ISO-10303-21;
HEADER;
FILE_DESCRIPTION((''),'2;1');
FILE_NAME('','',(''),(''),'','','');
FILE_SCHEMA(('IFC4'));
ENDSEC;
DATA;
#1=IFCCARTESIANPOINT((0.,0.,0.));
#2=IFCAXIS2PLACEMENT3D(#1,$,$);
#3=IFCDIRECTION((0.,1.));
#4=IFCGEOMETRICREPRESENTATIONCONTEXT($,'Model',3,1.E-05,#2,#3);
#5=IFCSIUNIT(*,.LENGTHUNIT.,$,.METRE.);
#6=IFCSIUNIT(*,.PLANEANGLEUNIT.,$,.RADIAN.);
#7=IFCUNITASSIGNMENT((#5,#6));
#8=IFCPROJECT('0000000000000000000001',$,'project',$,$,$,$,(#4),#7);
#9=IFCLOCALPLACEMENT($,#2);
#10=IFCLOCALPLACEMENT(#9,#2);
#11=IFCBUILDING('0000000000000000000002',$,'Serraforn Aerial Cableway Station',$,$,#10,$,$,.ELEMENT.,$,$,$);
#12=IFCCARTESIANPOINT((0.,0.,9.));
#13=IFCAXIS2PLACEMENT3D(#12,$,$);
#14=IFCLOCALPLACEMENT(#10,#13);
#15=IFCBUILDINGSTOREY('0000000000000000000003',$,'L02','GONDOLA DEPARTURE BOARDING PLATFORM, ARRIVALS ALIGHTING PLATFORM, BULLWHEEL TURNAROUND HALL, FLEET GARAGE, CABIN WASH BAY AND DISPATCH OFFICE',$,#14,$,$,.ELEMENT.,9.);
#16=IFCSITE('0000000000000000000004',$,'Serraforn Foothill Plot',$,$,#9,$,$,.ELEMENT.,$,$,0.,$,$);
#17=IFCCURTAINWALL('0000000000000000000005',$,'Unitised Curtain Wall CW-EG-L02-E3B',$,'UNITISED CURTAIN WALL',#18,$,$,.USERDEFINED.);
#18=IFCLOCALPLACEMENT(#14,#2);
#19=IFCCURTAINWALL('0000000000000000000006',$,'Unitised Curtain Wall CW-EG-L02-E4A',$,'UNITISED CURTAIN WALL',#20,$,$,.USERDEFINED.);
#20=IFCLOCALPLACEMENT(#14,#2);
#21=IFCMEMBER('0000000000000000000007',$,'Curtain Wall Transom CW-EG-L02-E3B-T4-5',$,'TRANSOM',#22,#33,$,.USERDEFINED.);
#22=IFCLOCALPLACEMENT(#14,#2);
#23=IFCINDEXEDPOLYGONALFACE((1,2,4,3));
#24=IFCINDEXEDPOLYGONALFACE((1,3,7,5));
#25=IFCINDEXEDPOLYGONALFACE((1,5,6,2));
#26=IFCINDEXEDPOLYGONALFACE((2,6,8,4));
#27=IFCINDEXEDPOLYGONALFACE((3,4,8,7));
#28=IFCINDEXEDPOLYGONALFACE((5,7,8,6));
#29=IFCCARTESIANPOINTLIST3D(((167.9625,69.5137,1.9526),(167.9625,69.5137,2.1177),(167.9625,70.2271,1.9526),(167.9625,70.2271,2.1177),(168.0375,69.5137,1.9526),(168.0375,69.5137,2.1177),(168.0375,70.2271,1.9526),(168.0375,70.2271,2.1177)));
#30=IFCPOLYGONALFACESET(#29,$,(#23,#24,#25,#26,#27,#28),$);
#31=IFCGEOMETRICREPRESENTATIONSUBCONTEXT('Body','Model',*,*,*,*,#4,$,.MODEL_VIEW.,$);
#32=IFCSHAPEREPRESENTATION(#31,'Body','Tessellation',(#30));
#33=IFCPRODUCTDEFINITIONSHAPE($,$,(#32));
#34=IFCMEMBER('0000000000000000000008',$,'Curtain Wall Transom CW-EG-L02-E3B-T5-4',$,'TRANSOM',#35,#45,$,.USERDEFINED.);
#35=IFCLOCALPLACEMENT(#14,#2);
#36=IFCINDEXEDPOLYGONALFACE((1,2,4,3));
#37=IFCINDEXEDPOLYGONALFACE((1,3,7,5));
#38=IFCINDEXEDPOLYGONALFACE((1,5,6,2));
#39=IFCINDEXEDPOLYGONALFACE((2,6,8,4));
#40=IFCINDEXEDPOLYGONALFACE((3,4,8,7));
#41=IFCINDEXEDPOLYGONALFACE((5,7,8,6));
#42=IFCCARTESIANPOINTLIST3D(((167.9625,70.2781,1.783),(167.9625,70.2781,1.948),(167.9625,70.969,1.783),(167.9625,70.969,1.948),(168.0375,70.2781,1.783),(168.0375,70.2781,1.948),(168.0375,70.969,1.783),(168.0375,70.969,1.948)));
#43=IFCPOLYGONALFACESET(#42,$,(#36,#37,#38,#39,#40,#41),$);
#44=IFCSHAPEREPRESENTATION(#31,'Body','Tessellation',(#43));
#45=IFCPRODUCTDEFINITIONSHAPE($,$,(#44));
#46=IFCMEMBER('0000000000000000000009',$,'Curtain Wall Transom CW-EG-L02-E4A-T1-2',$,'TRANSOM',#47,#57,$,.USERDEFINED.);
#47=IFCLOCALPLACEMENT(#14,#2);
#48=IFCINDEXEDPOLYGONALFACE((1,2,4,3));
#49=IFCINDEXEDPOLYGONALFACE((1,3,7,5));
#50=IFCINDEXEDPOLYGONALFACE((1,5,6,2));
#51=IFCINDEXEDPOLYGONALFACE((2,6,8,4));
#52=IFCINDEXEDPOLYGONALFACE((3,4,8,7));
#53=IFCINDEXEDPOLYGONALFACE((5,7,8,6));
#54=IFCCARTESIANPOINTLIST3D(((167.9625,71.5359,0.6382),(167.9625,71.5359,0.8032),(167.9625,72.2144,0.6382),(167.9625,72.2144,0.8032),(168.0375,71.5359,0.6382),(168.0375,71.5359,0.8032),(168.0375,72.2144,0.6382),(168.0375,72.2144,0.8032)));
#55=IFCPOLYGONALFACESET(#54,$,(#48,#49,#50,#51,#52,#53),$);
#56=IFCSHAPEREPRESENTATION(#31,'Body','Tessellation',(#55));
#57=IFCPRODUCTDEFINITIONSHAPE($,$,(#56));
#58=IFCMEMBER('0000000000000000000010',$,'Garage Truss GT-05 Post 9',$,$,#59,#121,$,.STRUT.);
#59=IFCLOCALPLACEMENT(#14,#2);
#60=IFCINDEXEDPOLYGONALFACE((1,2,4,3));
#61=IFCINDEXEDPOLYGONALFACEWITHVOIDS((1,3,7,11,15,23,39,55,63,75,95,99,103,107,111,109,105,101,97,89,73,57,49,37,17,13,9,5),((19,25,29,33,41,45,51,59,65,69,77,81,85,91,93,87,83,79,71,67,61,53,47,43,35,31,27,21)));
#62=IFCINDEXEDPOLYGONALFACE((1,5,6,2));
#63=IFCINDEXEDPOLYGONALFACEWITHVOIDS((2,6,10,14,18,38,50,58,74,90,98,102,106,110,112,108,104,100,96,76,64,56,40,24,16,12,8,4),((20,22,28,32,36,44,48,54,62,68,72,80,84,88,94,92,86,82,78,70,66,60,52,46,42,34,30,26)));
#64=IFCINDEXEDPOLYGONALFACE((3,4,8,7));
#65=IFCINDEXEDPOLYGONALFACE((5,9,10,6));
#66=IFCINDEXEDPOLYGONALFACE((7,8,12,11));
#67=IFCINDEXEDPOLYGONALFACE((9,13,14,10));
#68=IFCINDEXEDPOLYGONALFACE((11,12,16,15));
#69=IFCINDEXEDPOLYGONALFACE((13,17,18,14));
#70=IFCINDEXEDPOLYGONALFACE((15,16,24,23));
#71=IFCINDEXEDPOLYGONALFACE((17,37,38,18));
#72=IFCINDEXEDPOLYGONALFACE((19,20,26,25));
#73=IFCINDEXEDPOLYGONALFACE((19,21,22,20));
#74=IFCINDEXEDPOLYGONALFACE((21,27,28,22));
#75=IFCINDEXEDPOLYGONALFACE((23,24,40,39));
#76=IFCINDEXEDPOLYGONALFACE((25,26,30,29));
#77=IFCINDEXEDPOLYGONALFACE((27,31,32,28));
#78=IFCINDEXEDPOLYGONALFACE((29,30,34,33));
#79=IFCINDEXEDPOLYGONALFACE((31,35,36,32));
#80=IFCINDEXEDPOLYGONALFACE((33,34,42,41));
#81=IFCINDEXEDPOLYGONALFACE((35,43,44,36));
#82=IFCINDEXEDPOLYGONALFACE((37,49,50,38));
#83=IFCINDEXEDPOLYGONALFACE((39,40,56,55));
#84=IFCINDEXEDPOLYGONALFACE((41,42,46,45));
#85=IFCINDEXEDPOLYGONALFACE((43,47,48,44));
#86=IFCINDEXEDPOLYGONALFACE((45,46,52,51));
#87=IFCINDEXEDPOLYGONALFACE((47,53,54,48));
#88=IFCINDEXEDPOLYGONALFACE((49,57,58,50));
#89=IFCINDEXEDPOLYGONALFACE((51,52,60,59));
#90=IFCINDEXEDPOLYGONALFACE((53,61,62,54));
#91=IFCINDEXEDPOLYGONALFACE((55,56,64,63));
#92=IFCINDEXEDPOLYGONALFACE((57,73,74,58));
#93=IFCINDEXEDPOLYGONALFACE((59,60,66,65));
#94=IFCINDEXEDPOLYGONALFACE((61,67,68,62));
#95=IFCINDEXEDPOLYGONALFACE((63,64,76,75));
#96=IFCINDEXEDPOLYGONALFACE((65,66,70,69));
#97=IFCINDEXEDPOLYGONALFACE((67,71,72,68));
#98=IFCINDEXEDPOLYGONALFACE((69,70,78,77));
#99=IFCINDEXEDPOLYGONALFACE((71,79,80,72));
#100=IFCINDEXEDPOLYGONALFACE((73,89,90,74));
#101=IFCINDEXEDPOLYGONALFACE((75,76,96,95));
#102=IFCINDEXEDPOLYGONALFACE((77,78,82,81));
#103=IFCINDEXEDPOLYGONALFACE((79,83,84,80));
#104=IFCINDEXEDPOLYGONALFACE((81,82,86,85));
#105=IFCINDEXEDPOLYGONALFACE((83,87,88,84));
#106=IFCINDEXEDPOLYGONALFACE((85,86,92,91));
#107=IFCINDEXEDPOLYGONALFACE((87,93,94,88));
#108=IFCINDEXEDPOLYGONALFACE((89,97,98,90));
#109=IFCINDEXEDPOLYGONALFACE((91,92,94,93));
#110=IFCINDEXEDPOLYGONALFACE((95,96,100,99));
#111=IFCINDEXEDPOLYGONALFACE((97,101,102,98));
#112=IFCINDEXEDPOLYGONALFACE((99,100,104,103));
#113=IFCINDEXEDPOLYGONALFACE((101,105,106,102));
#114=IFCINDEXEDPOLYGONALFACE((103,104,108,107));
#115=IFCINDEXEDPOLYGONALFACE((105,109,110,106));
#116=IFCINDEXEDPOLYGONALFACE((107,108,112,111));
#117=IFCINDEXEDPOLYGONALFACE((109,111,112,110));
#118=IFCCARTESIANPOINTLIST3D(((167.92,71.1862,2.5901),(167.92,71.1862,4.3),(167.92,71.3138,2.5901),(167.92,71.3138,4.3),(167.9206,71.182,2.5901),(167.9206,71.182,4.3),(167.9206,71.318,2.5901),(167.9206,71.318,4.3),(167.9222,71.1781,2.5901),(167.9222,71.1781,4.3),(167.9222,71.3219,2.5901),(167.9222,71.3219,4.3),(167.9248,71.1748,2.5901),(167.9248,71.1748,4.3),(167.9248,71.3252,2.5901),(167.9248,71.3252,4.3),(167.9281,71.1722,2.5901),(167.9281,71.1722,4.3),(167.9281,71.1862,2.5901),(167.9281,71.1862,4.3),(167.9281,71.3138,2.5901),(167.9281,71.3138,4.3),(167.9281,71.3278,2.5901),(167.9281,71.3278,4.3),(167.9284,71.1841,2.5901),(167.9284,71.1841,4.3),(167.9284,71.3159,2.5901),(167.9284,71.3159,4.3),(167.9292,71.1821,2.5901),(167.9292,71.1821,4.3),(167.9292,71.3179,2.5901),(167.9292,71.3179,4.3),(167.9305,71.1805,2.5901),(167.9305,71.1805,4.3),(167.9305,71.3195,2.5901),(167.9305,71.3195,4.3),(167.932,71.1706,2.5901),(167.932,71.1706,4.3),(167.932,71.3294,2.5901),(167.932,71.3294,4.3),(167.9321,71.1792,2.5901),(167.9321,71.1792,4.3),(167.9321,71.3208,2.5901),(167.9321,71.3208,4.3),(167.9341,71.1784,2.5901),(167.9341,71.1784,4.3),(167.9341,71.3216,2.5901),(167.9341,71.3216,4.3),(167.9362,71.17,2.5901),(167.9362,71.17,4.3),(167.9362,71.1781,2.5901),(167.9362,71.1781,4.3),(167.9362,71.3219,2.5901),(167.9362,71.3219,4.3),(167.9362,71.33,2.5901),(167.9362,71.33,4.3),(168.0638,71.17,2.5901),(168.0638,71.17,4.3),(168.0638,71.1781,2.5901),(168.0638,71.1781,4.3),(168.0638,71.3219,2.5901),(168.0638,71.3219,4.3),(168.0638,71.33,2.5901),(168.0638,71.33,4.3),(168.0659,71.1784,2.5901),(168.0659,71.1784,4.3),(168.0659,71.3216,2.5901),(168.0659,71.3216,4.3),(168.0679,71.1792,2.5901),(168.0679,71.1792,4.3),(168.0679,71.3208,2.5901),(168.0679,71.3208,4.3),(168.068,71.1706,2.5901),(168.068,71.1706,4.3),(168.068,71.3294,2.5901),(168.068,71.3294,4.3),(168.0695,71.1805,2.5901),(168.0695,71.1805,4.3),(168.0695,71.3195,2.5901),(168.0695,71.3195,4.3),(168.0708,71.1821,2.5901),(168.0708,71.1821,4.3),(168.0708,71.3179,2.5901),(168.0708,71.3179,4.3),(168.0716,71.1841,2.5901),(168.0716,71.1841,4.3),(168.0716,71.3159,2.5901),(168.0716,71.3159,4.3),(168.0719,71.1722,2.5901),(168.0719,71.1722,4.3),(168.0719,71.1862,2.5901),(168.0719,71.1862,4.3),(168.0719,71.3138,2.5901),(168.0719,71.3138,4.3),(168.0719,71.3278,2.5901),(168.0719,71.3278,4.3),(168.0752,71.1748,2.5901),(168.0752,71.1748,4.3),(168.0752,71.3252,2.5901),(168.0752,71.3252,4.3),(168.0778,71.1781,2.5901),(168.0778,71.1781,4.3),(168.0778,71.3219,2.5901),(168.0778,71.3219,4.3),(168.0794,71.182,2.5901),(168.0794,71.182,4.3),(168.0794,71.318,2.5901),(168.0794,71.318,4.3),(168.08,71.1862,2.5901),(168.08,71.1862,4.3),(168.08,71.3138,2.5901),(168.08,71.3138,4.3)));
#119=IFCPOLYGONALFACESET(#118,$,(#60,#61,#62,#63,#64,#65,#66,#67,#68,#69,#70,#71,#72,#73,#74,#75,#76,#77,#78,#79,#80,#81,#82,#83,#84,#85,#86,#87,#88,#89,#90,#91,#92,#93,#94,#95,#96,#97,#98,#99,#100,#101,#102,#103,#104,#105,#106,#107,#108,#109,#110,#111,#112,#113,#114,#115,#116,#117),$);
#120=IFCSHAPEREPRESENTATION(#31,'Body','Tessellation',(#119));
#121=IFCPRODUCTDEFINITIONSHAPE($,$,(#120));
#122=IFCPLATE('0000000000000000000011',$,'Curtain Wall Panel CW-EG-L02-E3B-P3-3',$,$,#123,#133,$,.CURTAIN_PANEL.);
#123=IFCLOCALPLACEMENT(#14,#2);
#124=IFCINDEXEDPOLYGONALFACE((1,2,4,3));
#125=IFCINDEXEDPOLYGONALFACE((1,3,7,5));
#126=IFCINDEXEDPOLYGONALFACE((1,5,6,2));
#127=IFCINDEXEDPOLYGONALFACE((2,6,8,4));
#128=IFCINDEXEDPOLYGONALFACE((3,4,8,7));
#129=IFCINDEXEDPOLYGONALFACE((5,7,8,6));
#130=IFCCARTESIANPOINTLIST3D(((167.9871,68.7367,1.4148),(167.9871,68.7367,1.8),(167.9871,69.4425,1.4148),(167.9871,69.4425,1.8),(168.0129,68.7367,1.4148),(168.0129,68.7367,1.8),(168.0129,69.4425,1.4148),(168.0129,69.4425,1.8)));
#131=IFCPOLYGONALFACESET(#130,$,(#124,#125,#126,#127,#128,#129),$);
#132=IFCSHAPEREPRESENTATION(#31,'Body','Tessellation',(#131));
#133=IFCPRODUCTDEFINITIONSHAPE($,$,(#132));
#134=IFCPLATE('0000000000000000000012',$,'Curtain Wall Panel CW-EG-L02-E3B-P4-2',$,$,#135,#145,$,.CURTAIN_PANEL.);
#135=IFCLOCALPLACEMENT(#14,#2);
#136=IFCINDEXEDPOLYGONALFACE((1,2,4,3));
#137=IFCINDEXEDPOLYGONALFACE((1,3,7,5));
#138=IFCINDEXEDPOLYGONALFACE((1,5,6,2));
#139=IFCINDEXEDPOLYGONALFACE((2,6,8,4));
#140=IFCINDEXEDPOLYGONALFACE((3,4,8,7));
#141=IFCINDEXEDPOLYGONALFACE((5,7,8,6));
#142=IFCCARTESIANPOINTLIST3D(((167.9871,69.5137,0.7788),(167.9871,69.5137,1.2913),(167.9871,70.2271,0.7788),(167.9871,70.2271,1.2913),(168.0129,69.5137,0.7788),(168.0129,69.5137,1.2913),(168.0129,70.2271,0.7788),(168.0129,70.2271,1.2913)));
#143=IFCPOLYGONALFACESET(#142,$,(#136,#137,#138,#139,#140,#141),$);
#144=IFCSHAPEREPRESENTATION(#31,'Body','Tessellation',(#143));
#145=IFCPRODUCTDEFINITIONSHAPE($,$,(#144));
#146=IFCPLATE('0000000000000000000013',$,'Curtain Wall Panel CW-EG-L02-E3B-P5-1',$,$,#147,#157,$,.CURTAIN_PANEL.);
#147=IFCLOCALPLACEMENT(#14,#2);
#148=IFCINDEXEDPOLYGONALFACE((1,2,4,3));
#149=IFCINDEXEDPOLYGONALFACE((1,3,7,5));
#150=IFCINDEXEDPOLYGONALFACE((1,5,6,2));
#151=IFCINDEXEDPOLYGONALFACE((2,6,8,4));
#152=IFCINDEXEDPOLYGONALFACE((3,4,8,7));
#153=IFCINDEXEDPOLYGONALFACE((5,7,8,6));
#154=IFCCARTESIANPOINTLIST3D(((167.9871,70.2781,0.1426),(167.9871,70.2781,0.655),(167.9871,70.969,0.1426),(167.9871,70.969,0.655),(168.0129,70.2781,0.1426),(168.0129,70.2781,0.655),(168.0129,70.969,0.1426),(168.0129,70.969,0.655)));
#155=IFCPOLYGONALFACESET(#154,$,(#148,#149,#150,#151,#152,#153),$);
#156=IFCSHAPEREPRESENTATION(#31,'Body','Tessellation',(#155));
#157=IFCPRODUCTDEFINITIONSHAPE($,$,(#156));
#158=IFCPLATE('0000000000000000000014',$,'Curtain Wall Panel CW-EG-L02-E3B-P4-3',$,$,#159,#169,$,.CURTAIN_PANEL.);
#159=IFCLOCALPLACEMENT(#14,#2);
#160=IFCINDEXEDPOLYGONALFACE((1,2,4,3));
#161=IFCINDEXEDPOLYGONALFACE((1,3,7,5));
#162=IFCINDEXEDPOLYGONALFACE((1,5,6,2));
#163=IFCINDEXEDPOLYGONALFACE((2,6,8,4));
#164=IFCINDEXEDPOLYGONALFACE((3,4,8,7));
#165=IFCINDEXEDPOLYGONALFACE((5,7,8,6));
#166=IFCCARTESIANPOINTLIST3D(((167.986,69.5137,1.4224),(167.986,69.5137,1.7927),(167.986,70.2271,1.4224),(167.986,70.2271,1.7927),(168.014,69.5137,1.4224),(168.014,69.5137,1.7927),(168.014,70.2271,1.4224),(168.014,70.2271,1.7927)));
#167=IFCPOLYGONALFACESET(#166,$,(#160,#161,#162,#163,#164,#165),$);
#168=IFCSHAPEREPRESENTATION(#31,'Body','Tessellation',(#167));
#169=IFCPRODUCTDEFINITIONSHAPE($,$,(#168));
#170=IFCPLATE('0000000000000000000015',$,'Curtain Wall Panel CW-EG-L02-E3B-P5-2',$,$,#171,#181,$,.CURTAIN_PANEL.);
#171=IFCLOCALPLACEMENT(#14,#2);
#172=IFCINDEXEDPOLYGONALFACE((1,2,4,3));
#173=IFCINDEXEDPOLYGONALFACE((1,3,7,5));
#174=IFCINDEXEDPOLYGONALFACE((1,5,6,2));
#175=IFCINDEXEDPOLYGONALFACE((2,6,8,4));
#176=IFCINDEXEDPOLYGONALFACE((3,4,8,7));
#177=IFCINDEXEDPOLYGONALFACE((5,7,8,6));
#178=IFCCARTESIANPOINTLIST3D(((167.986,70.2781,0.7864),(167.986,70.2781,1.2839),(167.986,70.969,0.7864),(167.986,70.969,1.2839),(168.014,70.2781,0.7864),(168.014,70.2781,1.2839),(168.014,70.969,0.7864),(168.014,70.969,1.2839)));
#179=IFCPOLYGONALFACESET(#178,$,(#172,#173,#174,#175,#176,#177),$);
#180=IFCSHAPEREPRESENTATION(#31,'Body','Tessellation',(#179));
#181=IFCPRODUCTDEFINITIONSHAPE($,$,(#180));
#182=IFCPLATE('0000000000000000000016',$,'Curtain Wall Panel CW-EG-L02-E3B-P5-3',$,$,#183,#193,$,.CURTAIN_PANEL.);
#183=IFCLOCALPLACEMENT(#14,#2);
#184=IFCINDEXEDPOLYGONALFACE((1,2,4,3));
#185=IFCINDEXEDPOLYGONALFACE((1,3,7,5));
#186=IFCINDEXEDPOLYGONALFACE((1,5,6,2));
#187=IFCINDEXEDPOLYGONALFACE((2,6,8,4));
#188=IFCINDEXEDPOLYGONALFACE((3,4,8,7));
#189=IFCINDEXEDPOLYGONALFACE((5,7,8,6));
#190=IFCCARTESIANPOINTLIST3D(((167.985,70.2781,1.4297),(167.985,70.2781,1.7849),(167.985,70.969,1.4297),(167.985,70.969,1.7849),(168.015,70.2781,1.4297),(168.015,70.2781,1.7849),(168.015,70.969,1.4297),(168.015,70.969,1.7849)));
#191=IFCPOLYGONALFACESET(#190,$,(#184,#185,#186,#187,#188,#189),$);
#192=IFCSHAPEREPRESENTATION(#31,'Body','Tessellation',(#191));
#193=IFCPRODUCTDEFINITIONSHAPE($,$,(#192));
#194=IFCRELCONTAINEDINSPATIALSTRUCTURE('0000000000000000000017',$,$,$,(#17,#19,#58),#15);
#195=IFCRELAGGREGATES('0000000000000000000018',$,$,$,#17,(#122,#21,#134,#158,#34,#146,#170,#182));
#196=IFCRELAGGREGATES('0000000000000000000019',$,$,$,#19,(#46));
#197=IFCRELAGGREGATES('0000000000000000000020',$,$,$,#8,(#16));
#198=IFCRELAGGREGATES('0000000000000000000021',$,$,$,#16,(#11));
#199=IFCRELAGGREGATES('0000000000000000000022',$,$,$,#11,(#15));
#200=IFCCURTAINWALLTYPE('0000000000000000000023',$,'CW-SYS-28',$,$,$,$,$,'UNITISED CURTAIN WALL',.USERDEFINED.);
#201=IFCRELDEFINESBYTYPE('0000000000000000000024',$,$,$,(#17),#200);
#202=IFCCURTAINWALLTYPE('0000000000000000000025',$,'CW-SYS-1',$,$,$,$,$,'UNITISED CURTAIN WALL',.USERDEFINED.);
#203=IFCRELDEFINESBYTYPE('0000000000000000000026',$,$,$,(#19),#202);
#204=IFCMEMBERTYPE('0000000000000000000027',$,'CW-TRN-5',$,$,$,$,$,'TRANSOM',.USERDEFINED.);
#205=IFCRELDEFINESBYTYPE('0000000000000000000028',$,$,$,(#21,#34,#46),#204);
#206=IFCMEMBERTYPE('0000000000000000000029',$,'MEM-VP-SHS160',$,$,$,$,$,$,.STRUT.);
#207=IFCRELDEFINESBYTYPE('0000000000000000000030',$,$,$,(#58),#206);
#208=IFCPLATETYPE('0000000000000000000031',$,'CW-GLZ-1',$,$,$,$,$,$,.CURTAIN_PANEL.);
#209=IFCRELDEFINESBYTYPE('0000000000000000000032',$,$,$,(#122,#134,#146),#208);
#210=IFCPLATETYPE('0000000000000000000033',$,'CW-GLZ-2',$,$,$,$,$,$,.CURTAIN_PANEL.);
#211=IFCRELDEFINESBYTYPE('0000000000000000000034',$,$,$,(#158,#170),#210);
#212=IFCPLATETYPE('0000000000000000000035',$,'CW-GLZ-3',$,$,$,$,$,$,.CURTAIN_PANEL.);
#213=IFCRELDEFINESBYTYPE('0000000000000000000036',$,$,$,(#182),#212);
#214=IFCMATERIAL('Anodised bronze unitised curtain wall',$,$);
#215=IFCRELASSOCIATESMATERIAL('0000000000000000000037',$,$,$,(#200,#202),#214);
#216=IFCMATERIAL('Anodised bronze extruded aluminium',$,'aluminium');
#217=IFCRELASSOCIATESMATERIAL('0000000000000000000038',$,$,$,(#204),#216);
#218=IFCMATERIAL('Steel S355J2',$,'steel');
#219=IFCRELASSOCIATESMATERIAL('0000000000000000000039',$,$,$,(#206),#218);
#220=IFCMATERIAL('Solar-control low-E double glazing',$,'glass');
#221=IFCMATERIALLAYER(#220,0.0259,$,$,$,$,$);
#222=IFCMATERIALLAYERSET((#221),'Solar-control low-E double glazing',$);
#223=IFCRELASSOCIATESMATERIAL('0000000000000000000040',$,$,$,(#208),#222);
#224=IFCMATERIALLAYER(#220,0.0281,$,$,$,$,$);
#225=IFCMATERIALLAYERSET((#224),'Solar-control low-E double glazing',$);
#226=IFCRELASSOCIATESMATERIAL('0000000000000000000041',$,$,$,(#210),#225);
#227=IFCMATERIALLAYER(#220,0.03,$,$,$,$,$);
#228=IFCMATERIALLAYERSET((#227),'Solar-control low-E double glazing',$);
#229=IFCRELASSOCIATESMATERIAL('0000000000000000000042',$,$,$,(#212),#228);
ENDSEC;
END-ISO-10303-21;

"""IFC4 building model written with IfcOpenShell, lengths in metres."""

from ifc_helpers import new_model, si_unit, direction, frame, origin, origin_2d, place, context, subcontext, project, spatial, rectangle, hollow_rectangle, extrude, material, layer, layer_set, material_profile, profile_set, type_object, element, aggregate, save


model = new_model("IFC4")

# Units and contexts
model_context = context("Model", 3, precision=1e-05, world=origin(), true_north=direction((0.0, 1.0)))
body_context = subcontext(model_context, "Body", "Model", "MODEL_VIEW")
ifc_project = project(units=[si_unit("LENGTHUNIT", "METRE"), si_unit("PLANEANGLEUNIT", "RADIAN")], contexts=[model_context])

# Site, building, storey
site_placement = place(None, origin())
site = spatial("IfcSite", under=ifc_project, at=site_placement, Name="Serraforn Foothill Plot", CompositionType="ELEMENT", RefElevation=0.0)
building_placement = place(site_placement, origin())
building = spatial("IfcBuilding", under=site, at=building_placement, Name="Serraforn Aerial Cableway Station", CompositionType="ELEMENT")
storey_placement = place(building_placement, frame((0.0, 0.0, 9.0)))
storey = spatial("IfcBuildingStorey", under=building, at=storey_placement, Name="L02", Description="GONDOLA DEPARTURE BOARDING PLATFORM, ARRIVALS ALIGHTING PLATFORM, BULLWHEEL TURNAROUND HALL, FLEET GARAGE, CABIN WASH BAY AND DISPATCH OFFICE", CompositionType="ELEMENT", Elevation=9.0)

# Shared definitions
ifc_material_1 = material(Name="Steel S355J2", Category="steel")

# Curtain wall
ifc_material_2 = material(Name="Anodised bronze unitised curtain wall")
curtain_wall_type_1 = type_object("IfcCurtainWallType", Name="CW-SYS-28", ElementType="UNITISED CURTAIN WALL", PredefinedType="USERDEFINED", material=ifc_material_2)
curtain_wall_1_placement = place(storey_placement, origin())
curtain_wall_1 = element("IfcCurtainWall", 1, at=curtain_wall_1_placement, inside=storey, type_object=curtain_wall_type_1, Name="Unitised Curtain Wall CW-EG-L02-E3B", ObjectType="UNITISED CURTAIN WALL", PredefinedType="USERDEFINED")
ifc_material_3 = material(Name="Anodised bronze extruded aluminium", Category="aluminium")

# Curtain wall
curtain_wall_type_2 = type_object("IfcCurtainWallType", Name="CW-SYS-1", ElementType="UNITISED CURTAIN WALL", PredefinedType="USERDEFINED", material=ifc_material_2)
curtain_wall_2_placement = place(storey_placement, origin())
curtain_wall_2 = element("IfcCurtainWall", 2, at=curtain_wall_2_placement, inside=storey, type_object=curtain_wall_type_2, Name="Unitised Curtain Wall CW-EG-L02-E4A", ObjectType="UNITISED CURTAIN WALL", PredefinedType="USERDEFINED")

# Members
ifc_material_profile_1 = material_profile(ifc_material_3, rectangle(XDim=0.075, YDim=0.165, at=origin_2d()), Name="CW TRANSOM 75x165")
ifc_profile_set_1 = profile_set([ifc_material_profile_1], Name="Anodised bronze extruded aluminium")
member_type_1 = type_object("IfcMemberType", Name="CW-TRN-5", ElementType="TRANSOM", PredefinedType="USERDEFINED", material=ifc_profile_set_1)
member_1_placement = place(storey_placement, frame((168.0, 69.5137, 2.0352), z_axis=(0.0, 1.0, 0.0), x_axis=(-1.0, 0.0, 0.0)))
member_1 = element("IfcMember", 3, at=member_1_placement, type_object=member_type_1, Name="Curtain Wall Transom CW-EG-L02-E3B-T4-5", ObjectType="TRANSOM", PredefinedType="USERDEFINED", context=body_context, shape_type="SweptSolid", body=[
    extrude(rectangle(XDim=0.075, YDim=0.165, at=origin_2d()), origin(), (0.0, 0.0, 1.0), 0.7134),
])
member_2_placement = place(storey_placement, frame((168.0, 70.2781, 1.8655), z_axis=(0.0, 1.0, 0.0), x_axis=(-1.0, 0.0, 0.0)))
member_2 = element("IfcMember", 4, at=member_2_placement, type_object=member_type_1, Name="Curtain Wall Transom CW-EG-L02-E3B-T5-4", ObjectType="TRANSOM", PredefinedType="USERDEFINED", context=body_context, shape_type="SweptSolid", body=[
    extrude(rectangle(XDim=0.075, YDim=0.165, at=origin_2d()), origin(), (0.0, 0.0, 1.0), 0.6909),
])
member_3_placement = place(storey_placement, frame((168.0, 71.5359, 0.7207), z_axis=(0.0, 1.0, 0.0), x_axis=(-1.0, 0.0, 0.0)))
member_3 = element("IfcMember", 5, at=member_3_placement, type_object=member_type_1, Name="Curtain Wall Transom CW-EG-L02-E4A-T1-2", ObjectType="TRANSOM", PredefinedType="USERDEFINED", context=body_context, shape_type="SweptSolid", body=[
    extrude(rectangle(XDim=0.075, YDim=0.165, at=origin_2d()), origin(), (0.0, 0.0, 1.0), 0.6785),
])
ifc_material_profile_2 = material_profile(ifc_material_1, hollow_rectangle(XDim=0.1599, YDim=0.1599, WallThickness=0.0081, InnerFilletRadius=0.0081, OuterFilletRadius=0.0161, at=origin_2d()), Name="SHS 160x160x8.0")
ifc_profile_set_2 = profile_set([ifc_material_profile_2], Name="Steel S355J2")
member_type_2 = type_object("IfcMemberType", Name="MEM-VP-SHS160", PredefinedType="STRUT", material=ifc_profile_set_2)
member_4_placement = place(storey_placement, frame((168.0, 71.25, 2.5901), z_axis=(0.0, 0.0, 1.0), x_axis=(1.0, 0.0, 0.0)))
element("IfcMember", 6, at=member_4_placement, inside=storey, type_object=member_type_2, Name="Garage Truss GT-05 Post 9", PredefinedType="STRUT", context=body_context, shape_type="SweptSolid", body=[
    extrude(hollow_rectangle(XDim=0.1599, YDim=0.1599, WallThickness=0.0081, InnerFilletRadius=0.0081, OuterFilletRadius=0.0161, at=origin_2d()), origin(), (0.0, 0.0, 1.0), 1.71),
])

# Plates
ifc_material_4 = material(Name="Solar-control low-E double glazing", Category="glass")
ifc_layer_1 = layer(ifc_material_4, 0.0259)
ifc_layer_set_1 = layer_set([ifc_layer_1], Name="Solar-control low-E double glazing")
plate_type_1 = type_object("IfcPlateType", Name="CW-GLZ-1", PredefinedType="CURTAIN_PANEL", material=ifc_layer_set_1)
plate_1_placement = place(storey_placement, frame((168.0, 69.0896, 1.4148), z_axis=(0.0, 0.0, 1.0), x_axis=(1.0, 0.0, 0.0)))
plate_1 = element("IfcPlate", 7, at=plate_1_placement, type_object=plate_type_1, Name="Curtain Wall Panel CW-EG-L02-E3B-P3-3", PredefinedType="CURTAIN_PANEL", context=body_context, shape_type="SweptSolid", body=[
    extrude(rectangle(XDim=0.0259, YDim=0.7058, at=origin_2d()), origin(), (0.0, 0.0, 1.0), 0.3853),
])
plate_2_placement = place(storey_placement, frame((168.0, 69.8704, 0.7788), z_axis=(0.0, 0.0, 1.0), x_axis=(1.0, 0.0, 0.0)))
plate_2 = element("IfcPlate", 8, at=plate_2_placement, type_object=plate_type_1, Name="Curtain Wall Panel CW-EG-L02-E3B-P4-2", PredefinedType="CURTAIN_PANEL", context=body_context, shape_type="SweptSolid", body=[
    extrude(rectangle(XDim=0.0259, YDim=0.7134, at=origin_2d()), origin(), (0.0, 0.0, 1.0), 0.5125),
])
plate_3_placement = place(storey_placement, frame((168.0, 70.6235, 0.1426), z_axis=(0.0, 0.0, 1.0), x_axis=(1.0, 0.0, 0.0)))
plate_3 = element("IfcPlate", 9, at=plate_3_placement, type_object=plate_type_1, Name="Curtain Wall Panel CW-EG-L02-E3B-P5-1", PredefinedType="CURTAIN_PANEL", context=body_context, shape_type="SweptSolid", body=[
    extrude(rectangle(XDim=0.0259, YDim=0.6909, at=origin_2d()), origin(), (0.0, 0.0, 1.0), 0.5125),
])
ifc_layer_2 = layer(ifc_material_4, 0.0281)
ifc_layer_set_2 = layer_set([ifc_layer_2], Name="Solar-control low-E double glazing")
plate_type_2 = type_object("IfcPlateType", Name="CW-GLZ-2", PredefinedType="CURTAIN_PANEL", material=ifc_layer_set_2)
plate_4_placement = place(storey_placement, frame((168.0, 69.8704, 1.4224), z_axis=(0.0, 0.0, 1.0), x_axis=(1.0, 0.0, 0.0)))
plate_4 = element("IfcPlate", 10, at=plate_4_placement, type_object=plate_type_2, Name="Curtain Wall Panel CW-EG-L02-E3B-P4-3", PredefinedType="CURTAIN_PANEL", context=body_context, shape_type="SweptSolid", body=[
    extrude(rectangle(XDim=0.0281, YDim=0.7134, at=origin_2d()), origin(), (0.0, 0.0, 1.0), 0.3704),
])
plate_5_placement = place(storey_placement, frame((168.0, 70.6235, 0.7864), z_axis=(0.0, 0.0, 1.0), x_axis=(1.0, 0.0, 0.0)))
plate_5 = element("IfcPlate", 11, at=plate_5_placement, type_object=plate_type_2, Name="Curtain Wall Panel CW-EG-L02-E3B-P5-2", PredefinedType="CURTAIN_PANEL", context=body_context, shape_type="SweptSolid", body=[
    extrude(rectangle(XDim=0.0281, YDim=0.6909, at=origin_2d()), origin(), (0.0, 0.0, 1.0), 0.4976),
])
ifc_layer_3 = layer(ifc_material_4, 0.03)
ifc_layer_set_3 = layer_set([ifc_layer_3], Name="Solar-control low-E double glazing")
plate_type_3 = type_object("IfcPlateType", Name="CW-GLZ-3", PredefinedType="CURTAIN_PANEL", material=ifc_layer_set_3)
plate_6_placement = place(storey_placement, frame((168.0, 70.6235, 1.4297), z_axis=(0.0, 0.0, 1.0), x_axis=(1.0, 0.0, 0.0)))
plate_6 = element("IfcPlate", 12, at=plate_6_placement, type_object=plate_type_3, Name="Curtain Wall Panel CW-EG-L02-E3B-P5-3", PredefinedType="CURTAIN_PANEL", context=body_context, shape_type="SweptSolid", body=[
    extrude(rectangle(XDim=0.03, YDim=0.6909, at=origin_2d()), origin(), (0.0, 0.0, 1.0), 0.3552),
])
aggregate(curtain_wall_1, [plate_1, member_1, plate_2, plate_4, member_2, plate_3, plate_5, plate_6])
aggregate(curtain_wall_2, [member_3])

save(model, "model.ifc")
